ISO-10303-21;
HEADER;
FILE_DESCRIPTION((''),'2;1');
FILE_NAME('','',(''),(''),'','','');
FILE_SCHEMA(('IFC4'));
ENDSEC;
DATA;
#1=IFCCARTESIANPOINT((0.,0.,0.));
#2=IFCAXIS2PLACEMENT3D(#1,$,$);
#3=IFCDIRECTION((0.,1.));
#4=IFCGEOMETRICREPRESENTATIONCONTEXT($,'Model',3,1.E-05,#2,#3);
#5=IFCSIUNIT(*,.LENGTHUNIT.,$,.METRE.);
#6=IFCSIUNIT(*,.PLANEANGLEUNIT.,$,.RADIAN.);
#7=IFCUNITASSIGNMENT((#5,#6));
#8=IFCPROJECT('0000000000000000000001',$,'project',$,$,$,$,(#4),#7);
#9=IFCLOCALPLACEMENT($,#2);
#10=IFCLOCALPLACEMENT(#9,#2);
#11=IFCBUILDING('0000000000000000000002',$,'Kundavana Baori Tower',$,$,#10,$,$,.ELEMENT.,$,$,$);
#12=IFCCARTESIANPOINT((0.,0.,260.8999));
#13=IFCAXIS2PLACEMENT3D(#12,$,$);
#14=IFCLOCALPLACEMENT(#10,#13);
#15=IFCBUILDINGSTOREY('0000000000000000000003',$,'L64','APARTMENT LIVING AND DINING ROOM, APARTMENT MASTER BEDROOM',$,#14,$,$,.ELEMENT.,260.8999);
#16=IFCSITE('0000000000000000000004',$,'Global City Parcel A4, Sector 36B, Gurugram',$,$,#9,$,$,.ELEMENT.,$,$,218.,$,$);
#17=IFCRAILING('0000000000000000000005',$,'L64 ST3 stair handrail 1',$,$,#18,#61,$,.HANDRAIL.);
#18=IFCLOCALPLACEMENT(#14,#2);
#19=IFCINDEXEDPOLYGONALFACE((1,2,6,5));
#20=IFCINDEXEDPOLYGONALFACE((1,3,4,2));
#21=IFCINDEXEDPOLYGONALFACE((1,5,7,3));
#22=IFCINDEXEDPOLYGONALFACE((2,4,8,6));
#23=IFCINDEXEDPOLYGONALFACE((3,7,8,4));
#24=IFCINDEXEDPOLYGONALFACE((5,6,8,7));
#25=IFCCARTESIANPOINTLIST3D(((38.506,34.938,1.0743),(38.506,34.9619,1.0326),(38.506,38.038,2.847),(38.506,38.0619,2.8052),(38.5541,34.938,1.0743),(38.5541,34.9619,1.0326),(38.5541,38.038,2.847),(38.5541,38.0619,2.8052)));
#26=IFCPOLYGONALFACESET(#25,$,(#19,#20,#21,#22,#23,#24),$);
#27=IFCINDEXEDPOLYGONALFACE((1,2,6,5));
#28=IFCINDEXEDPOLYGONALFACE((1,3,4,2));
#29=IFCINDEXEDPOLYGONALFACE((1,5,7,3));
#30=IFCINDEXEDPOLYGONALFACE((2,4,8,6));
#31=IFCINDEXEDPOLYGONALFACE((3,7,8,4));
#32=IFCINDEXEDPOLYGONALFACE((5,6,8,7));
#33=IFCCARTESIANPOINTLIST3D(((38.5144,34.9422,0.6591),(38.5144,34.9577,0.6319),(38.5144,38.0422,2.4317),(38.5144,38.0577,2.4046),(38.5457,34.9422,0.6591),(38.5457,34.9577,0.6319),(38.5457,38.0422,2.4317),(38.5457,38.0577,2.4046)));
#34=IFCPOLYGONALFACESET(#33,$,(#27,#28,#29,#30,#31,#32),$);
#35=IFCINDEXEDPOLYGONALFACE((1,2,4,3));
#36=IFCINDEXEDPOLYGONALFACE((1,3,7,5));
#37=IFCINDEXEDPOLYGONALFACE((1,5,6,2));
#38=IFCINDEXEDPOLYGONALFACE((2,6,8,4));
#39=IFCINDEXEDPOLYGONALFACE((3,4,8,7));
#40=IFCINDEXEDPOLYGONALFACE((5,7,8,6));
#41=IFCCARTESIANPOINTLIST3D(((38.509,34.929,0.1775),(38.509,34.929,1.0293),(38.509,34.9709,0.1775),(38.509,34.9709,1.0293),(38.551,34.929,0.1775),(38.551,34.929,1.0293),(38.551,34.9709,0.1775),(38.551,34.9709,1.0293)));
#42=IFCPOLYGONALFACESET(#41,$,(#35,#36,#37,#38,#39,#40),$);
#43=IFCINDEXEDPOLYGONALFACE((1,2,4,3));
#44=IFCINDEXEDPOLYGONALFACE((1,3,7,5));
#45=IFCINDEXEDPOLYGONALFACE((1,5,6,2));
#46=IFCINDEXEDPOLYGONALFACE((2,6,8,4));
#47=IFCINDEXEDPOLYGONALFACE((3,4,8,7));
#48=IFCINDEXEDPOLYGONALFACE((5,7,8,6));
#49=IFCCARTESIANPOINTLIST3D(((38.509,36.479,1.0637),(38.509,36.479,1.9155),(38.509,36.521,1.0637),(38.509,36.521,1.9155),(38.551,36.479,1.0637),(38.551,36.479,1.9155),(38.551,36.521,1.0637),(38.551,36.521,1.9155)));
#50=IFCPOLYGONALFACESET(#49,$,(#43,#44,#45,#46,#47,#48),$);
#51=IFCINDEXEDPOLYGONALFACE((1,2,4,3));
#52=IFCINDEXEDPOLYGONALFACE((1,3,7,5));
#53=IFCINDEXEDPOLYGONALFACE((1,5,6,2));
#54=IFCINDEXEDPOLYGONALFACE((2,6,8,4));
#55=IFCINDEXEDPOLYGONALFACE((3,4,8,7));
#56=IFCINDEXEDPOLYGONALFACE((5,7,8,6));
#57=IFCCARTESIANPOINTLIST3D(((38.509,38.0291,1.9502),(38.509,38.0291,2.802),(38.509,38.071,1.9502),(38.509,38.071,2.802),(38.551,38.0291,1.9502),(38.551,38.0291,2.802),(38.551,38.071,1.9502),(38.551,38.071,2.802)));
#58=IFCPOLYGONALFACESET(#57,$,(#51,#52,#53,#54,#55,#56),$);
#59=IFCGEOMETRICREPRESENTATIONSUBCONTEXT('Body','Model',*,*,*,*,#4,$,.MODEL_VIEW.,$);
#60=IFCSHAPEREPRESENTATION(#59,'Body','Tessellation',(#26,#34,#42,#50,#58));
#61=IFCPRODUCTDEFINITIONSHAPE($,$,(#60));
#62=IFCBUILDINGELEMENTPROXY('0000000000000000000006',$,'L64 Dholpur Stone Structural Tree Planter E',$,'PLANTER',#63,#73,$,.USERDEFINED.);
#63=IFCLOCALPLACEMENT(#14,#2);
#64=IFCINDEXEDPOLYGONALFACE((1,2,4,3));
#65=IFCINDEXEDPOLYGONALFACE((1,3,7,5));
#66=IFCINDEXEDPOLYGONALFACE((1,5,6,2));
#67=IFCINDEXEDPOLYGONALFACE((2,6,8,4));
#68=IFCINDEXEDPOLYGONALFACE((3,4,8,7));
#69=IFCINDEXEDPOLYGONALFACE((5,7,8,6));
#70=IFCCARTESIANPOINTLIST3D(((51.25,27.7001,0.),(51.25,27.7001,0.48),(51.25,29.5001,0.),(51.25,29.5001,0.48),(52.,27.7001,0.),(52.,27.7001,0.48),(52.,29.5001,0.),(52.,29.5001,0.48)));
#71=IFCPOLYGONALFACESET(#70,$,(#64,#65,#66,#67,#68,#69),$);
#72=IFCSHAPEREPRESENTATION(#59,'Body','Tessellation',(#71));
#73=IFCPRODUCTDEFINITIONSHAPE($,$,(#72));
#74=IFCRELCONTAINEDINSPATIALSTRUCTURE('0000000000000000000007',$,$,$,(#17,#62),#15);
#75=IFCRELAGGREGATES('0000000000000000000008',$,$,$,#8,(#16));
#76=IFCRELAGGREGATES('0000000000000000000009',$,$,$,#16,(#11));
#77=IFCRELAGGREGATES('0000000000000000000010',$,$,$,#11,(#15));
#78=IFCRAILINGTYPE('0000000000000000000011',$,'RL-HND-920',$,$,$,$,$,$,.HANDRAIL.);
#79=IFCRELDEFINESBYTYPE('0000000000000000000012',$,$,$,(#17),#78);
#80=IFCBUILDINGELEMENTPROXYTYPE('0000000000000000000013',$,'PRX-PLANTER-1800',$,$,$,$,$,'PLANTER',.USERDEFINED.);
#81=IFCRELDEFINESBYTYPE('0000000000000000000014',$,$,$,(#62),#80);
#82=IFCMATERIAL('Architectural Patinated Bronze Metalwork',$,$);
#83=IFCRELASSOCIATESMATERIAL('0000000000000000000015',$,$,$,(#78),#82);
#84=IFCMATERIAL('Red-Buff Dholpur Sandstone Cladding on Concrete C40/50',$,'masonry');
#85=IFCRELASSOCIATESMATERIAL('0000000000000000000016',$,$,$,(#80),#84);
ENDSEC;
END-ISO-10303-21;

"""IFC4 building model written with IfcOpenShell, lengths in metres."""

from ifc_helpers import new_model, si_unit, direction, frame, origin, origin_2d, place, context, subcontext, project, spatial, rectangle, extrude, material, type_object, element, save


model = new_model("IFC4")

# Units and contexts
model_context = context("Model", 3, precision=1e-05, world=origin(), true_north=direction((0.0, 1.0)))
body_context = subcontext(model_context, "Body", "Model", "MODEL_VIEW")
ifc_project = project(units=[si_unit("LENGTHUNIT", "METRE"), si_unit("PLANEANGLEUNIT", "RADIAN")], contexts=[model_context])

# Site, building, storey
site_placement = place(None, origin())
site = spatial("IfcSite", under=ifc_project, at=site_placement, Name="Global City Parcel A4, Sector 36B, Gurugram", CompositionType="ELEMENT", RefElevation=218.0)
building_placement = place(site_placement, origin())
building = spatial("IfcBuilding", under=site, at=building_placement, Name="Kundavana Baori Tower", CompositionType="ELEMENT")
storey_placement = place(building_placement, frame((0.0, 0.0, 260.8999)))
storey = spatial("IfcBuildingStorey", under=building, at=storey_placement, Name="L64", Description="APARTMENT LIVING AND DINING ROOM, APARTMENT MASTER BEDROOM", CompositionType="ELEMENT", Elevation=260.8999)

# Railing
ifc_material_1 = material(Name="Architectural Patinated Bronze Metalwork")
railing_type_1 = type_object("IfcRailingType", Name="RL-HND-920", PredefinedType="HANDRAIL", material=ifc_material_1)
railing_1_placement = place(storey_placement, frame((38.53, 34.95, 0.1775)))
element("IfcRailing", 1, at=railing_1_placement, inside=storey, type_object=railing_type_1, Name="L64 ST3 stair handrail 1", PredefinedType="HANDRAIL", context=body_context, shape_type="SweptSolid", body=[
    extrude(rectangle(XDim=0.0481, YDim=0.0481, at=origin_2d()), frame((0.0, 0.0, 0.876), z_axis=(0.0, 0.868096, 0.496397), x_axis=(-1.0, 0.0, 0.0)), (0.0, 0.0, 1.0), 3.571),
    extrude(rectangle(XDim=0.0312, YDim=0.0312, at=origin_2d()), frame((0.0, 0.0, 0.468), z_axis=(0.0, 0.868096, 0.496397), x_axis=(-1.0, 0.0, 0.0)), (0.0, 0.0, 1.0), 3.571),
    extrude(rectangle(XDim=0.042, YDim=0.042, at=origin_2d()), origin(), (0.0, 0.0, 1.0), 0.8518),
    extrude(rectangle(XDim=0.042, YDim=0.042, at=origin_2d()), frame((0.0, 1.55, 0.8862)), (0.0, 0.0, 1.0), 0.8518),
    extrude(rectangle(XDim=0.042, YDim=0.042, at=origin_2d()), frame((0.0, 3.1001, 1.7727)), (0.0, 0.0, 1.0), 0.8518),
])

# Building element proxy
ifc_material_2 = material(Name="Red-Buff Dholpur Sandstone Cladding on Concrete C40/50", Category="masonry")
building_element_proxy_type = type_object("IfcBuildingElementProxyType", Name="PRX-PLANTER-1800", ElementType="PLANTER", PredefinedType="USERDEFINED", material=ifc_material_2)
proxy_placement = place(storey_placement, frame((51.625, 28.6001, 0.0), z_axis=(0.0, 0.0, 1.0), x_axis=(0.0, 1.0, 0.0)))
element("IfcBuildingElementProxy", 2, at=proxy_placement, inside=storey, type_object=building_element_proxy_type, Name="L64 Dholpur Stone Structural Tree Planter E", ObjectType="PLANTER", PredefinedType="USERDEFINED", context=body_context, shape_type="SweptSolid", body=[
    extrude(rectangle(XDim=1.8, YDim=0.75, at=origin_2d()), origin(), (0.0, 0.0, 1.0), 0.48),
])

save(model, "model.ifc")
